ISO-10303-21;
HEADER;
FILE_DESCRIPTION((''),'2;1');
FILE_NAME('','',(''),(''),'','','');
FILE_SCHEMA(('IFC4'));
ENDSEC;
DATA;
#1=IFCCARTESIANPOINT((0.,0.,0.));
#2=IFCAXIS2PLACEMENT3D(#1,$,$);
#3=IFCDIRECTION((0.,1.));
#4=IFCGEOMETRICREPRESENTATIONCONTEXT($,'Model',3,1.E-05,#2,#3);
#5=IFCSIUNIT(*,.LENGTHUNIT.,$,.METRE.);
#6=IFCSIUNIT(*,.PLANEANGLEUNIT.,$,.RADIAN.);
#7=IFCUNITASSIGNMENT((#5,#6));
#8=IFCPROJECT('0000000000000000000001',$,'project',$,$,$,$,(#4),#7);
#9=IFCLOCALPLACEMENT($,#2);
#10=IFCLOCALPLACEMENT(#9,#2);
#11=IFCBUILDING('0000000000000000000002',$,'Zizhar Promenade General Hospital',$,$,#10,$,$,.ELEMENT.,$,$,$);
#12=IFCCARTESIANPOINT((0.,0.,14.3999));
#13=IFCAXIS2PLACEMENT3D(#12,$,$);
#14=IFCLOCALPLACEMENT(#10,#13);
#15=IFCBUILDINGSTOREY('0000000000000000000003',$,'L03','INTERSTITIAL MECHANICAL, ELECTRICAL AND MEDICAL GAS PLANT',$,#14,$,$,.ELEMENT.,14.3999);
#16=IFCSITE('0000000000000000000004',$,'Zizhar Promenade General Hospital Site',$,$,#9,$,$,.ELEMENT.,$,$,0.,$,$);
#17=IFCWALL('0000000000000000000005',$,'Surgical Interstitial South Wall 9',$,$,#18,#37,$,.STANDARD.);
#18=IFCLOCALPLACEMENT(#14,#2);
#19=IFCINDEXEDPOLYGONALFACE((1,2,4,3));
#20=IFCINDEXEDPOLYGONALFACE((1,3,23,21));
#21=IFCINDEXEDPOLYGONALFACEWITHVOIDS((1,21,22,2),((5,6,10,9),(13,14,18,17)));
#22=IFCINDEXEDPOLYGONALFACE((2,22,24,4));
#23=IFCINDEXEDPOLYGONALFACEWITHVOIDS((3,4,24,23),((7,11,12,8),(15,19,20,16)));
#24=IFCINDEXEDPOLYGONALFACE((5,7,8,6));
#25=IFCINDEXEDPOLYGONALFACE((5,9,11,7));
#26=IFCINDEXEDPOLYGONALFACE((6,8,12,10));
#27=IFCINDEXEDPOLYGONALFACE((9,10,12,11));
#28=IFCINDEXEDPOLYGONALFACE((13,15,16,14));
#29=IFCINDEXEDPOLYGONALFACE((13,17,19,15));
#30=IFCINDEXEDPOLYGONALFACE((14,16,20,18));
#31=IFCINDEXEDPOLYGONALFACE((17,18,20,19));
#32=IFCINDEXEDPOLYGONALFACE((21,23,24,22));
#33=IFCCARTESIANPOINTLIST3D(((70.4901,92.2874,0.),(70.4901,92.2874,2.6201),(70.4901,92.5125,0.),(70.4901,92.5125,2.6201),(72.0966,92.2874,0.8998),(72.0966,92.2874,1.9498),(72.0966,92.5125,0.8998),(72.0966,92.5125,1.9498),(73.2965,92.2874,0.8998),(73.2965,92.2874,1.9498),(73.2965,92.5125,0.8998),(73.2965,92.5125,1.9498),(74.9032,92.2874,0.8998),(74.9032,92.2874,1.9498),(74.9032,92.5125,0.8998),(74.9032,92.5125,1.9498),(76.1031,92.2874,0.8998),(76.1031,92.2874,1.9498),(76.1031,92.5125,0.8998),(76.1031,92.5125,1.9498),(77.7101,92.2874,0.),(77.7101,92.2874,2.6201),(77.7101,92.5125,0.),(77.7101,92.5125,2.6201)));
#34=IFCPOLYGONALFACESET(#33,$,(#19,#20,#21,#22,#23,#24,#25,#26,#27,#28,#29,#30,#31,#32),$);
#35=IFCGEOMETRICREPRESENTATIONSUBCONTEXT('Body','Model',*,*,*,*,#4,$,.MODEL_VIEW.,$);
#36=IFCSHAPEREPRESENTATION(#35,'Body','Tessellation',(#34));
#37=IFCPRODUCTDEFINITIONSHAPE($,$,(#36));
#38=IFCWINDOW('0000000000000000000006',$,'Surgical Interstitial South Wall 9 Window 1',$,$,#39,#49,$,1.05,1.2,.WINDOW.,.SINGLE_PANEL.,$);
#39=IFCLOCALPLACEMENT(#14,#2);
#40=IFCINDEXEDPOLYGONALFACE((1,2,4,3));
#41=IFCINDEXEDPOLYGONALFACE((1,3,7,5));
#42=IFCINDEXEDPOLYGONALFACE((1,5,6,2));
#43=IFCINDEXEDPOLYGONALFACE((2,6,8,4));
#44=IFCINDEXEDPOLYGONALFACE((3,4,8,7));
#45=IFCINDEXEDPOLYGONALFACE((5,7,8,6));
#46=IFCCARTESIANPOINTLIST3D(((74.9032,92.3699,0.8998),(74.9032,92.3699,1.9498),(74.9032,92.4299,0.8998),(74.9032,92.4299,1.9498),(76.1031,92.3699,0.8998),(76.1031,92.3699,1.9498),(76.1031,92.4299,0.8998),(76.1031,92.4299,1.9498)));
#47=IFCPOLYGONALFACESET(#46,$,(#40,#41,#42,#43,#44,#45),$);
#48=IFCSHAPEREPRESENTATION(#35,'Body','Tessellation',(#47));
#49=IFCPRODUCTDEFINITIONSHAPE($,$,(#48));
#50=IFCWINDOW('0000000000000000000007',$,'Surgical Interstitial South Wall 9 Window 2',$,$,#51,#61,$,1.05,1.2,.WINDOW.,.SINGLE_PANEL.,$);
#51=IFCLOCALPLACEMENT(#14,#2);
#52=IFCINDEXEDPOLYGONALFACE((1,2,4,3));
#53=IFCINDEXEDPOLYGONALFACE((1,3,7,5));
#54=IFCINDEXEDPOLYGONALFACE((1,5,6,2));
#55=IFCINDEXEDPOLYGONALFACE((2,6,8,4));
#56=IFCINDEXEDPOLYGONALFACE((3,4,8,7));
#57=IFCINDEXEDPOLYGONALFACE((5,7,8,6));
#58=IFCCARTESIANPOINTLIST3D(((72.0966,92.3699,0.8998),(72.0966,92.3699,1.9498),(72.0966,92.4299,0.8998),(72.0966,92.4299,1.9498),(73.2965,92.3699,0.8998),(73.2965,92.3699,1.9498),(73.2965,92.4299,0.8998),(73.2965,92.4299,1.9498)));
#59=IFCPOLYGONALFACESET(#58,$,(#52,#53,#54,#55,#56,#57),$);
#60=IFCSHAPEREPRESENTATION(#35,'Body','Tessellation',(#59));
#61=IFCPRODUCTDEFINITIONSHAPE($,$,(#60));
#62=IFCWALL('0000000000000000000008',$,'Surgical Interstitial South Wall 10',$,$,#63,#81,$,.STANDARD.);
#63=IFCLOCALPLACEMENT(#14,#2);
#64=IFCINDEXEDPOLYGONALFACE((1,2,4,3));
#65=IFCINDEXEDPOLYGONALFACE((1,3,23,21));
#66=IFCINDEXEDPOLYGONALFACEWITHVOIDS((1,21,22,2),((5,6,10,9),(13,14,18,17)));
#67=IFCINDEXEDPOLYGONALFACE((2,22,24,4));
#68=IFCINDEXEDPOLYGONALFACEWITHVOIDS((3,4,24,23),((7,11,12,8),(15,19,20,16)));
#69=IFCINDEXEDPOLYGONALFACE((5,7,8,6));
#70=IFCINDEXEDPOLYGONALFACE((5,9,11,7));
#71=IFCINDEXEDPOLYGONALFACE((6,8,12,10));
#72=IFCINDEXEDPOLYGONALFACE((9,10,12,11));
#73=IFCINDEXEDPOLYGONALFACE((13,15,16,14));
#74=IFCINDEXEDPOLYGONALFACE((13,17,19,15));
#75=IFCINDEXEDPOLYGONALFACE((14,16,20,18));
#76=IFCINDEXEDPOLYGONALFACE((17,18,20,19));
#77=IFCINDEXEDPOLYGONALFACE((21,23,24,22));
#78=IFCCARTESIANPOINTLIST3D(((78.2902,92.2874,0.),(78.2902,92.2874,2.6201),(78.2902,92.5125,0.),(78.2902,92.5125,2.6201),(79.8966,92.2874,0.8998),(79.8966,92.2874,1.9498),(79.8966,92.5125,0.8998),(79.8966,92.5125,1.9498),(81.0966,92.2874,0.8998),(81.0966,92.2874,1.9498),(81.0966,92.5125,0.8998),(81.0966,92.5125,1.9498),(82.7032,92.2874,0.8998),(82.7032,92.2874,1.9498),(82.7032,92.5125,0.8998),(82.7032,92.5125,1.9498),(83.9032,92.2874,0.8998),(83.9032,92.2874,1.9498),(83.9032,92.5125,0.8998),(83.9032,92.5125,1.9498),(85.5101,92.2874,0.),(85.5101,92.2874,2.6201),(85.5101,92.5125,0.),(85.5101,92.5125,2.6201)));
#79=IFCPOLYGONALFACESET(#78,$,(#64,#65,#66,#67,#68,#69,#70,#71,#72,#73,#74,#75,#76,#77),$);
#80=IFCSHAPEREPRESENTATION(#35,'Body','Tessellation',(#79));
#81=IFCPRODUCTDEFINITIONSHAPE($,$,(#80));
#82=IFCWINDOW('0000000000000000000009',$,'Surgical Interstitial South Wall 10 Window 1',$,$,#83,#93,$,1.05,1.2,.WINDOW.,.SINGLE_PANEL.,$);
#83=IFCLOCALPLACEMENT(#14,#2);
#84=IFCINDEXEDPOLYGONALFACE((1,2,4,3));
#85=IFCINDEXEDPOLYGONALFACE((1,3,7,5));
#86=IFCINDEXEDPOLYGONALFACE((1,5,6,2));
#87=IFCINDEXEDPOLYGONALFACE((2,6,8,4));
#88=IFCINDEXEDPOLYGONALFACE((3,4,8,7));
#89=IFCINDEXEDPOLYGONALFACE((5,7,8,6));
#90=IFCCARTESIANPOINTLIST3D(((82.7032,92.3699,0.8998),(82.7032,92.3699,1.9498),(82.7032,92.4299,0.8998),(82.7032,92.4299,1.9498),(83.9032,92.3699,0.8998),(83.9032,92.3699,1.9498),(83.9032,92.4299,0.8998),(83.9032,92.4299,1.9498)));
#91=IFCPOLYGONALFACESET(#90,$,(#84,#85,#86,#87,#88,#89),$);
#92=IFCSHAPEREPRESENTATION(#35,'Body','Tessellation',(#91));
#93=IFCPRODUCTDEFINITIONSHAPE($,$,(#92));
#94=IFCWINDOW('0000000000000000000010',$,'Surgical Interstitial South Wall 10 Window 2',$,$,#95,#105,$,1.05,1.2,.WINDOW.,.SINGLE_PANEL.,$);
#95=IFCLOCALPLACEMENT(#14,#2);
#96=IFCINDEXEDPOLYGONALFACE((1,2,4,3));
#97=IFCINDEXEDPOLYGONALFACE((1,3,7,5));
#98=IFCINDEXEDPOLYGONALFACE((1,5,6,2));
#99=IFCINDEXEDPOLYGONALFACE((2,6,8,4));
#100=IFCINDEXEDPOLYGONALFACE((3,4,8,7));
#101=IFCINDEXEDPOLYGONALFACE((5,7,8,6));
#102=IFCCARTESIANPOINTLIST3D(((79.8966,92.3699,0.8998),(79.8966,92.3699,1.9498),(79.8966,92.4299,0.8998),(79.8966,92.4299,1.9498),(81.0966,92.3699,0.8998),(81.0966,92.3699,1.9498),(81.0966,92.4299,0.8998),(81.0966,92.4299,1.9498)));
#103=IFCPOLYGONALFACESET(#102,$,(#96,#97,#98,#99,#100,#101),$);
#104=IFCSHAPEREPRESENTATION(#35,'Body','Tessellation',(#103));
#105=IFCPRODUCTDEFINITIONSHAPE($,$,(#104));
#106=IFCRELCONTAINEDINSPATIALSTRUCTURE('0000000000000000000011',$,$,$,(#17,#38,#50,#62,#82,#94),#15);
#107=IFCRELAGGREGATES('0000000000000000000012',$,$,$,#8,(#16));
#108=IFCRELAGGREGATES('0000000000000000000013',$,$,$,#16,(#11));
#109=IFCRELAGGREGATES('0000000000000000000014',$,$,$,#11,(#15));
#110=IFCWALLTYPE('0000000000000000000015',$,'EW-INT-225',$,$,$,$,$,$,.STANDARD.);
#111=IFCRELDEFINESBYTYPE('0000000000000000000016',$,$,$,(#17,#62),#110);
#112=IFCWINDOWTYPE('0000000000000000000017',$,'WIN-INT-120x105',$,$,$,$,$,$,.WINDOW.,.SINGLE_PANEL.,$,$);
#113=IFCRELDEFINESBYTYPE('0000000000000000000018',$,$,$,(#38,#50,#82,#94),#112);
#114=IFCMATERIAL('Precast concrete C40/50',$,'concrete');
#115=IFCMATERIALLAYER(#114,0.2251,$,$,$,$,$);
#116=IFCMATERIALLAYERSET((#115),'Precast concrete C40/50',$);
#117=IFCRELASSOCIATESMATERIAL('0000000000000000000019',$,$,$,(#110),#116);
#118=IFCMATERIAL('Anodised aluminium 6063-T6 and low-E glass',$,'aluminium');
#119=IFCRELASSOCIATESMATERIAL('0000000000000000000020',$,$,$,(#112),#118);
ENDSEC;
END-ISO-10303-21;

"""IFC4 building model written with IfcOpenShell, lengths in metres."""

from ifc_helpers import new_model, si_unit, direction, frame, frame_2d, origin, place, context, subcontext, project, spatial, rectangle, extrude, material, layer, layer_set, type_object, element, fill, save


model = new_model("IFC4")

# Units and contexts
model_context = context("Model", 3, precision=1e-05, world=origin(), true_north=direction((0.0, 1.0)))
body_context = subcontext(model_context, "Body", "Model", "MODEL_VIEW")
ifc_project = project(units=[si_unit("LENGTHUNIT", "METRE"), si_unit("PLANEANGLEUNIT", "RADIAN")], contexts=[model_context])

# Site, building, storey
site_placement = place(None, origin())
site = spatial("IfcSite", under=ifc_project, at=site_placement, Name="Zizhar Promenade General Hospital Site", CompositionType="ELEMENT", RefElevation=0.0)
building_placement = place(site_placement, origin())
building = spatial("IfcBuilding", under=site, at=building_placement, Name="Zizhar Promenade General Hospital", CompositionType="ELEMENT")
storey_placement = place(building_placement, frame((0.0, 0.0, 14.3999)))
storey = spatial("IfcBuildingStorey", under=building, at=storey_placement, Name="L03", Description="INTERSTITIAL MECHANICAL, ELECTRICAL AND MEDICAL GAS PLANT", CompositionType="ELEMENT", Elevation=14.3999)

# Walls, openings, windows
ifc_material_1 = material(Name="Precast concrete C40/50", Category="concrete")
ifc_layer_1 = layer(ifc_material_1, 0.2251)
ifc_layer_set_1 = layer_set([ifc_layer_1], Name="Precast concrete C40/50")
wall_type = type_object("IfcWallType", Name="EW-INT-225", PredefinedType="STANDARD", material=ifc_layer_set_1)
wall_1_placement = place(storey_placement, frame((77.71, 92.3999, 0.0), z_axis=(0.0, 0.0, 1.0), x_axis=(-1.0, 0.0, 0.0)))
wall_1 = element("IfcWall", 1, at=wall_1_placement, inside=storey, type_object=wall_type, Name="Surgical Interstitial South Wall 9", PredefinedType="STANDARD", context=body_context, shape_type="SweptSolid", body=[
    extrude(rectangle(XDim=7.22, YDim=0.2251, at=frame_2d((3.6099, 0.0))), origin(), (0.0, 0.0, 1.0), 2.6201),
])
opening_1_placement = place(wall_1_placement, frame((1.6067, 0.0, 0.8999)))
opening_1 = element("IfcOpeningElement", 2, at=opening_1_placement, cuts=wall_1, PredefinedType="OPENING", context=body_context, shape_type="SweptSolid", body=[
    extrude(rectangle(XDim=1.2, YDim=1.05, at=frame_2d((0.6001, 0.5249))), frame((0.0, 0.1226, 0.0), z_axis=(0.0, -1.0, 0.0), x_axis=(1.0, 0.0, 0.0)), (0.0, 0.0, 1.0), 0.2451),
])
opening_2_placement = place(wall_1_placement, frame((4.4133, 0.0, 0.8999)))
opening_2 = element("IfcOpeningElement", 3, at=opening_2_placement, cuts=wall_1, PredefinedType="OPENING", context=body_context, shape_type="SweptSolid", body=[
    extrude(rectangle(XDim=1.2, YDim=1.05, at=frame_2d((0.6001, 0.5249))), frame((0.0, 0.1226, 0.0), z_axis=(0.0, -1.0, 0.0), x_axis=(1.0, 0.0, 0.0)), (0.0, 0.0, 1.0), 0.2451),
])
ifc_material_2 = material(Name="Anodised aluminium 6063-T6 and low-E glass", Category="aluminium")
window_type = type_object("IfcWindowType", Name="WIN-INT-120x105", PartitioningType="SINGLE_PANEL", PredefinedType="WINDOW", material=ifc_material_2)
window_1_placement = place(opening_1_placement, origin())
window_1 = element("IfcWindow", 4, at=window_1_placement, inside=storey, type_object=window_type, Name="Surgical Interstitial South Wall 9 Window 1", OverallHeight=1.05, OverallWidth=1.2, PartitioningType="SINGLE_PANEL", PredefinedType="WINDOW", context=body_context, shape_type="SweptSolid", body=[
    extrude(rectangle(XDim=1.2, YDim=1.05, at=frame_2d((0.6001, 0.5249))), frame((0.0, 0.03, 0.0), z_axis=(0.0, -1.0, 0.0), x_axis=(1.0, 0.0, 0.0)), (0.0, 0.0, 1.0), 0.0601),
])
fill(opening_1, window_1)
window_2_placement = place(opening_2_placement, origin())
window_2 = element("IfcWindow", 5, at=window_2_placement, inside=storey, type_object=window_type, Name="Surgical Interstitial South Wall 9 Window 2", OverallHeight=1.05, OverallWidth=1.2, PartitioningType="SINGLE_PANEL", PredefinedType="WINDOW", context=body_context, shape_type="SweptSolid", body=[
    extrude(rectangle(XDim=1.2, YDim=1.05, at=frame_2d((0.6001, 0.5249))), frame((0.0, 0.03, 0.0), z_axis=(0.0, -1.0, 0.0), x_axis=(1.0, 0.0, 0.0)), (0.0, 0.0, 1.0), 0.0601),
])
fill(opening_2, window_2)
wall_2_placement = place(storey_placement, frame((85.51, 92.3999, 0.0), z_axis=(0.0, 0.0, 1.0), x_axis=(-1.0, 0.0, 0.0)))
wall_2 = element("IfcWall", 6, at=wall_2_placement, inside=storey, type_object=wall_type, Name="Surgical Interstitial South Wall 10", PredefinedType="STANDARD", context=body_context, shape_type="SweptSolid", body=[
    extrude(rectangle(XDim=7.22, YDim=0.2251, at=frame_2d((3.6099, 0.0))), origin(), (0.0, 0.0, 1.0), 2.6201),
])
opening_3_placement = place(wall_2_placement, frame((1.6067, 0.0, 0.8999)))
opening_3 = element("IfcOpeningElement", 7, at=opening_3_placement, cuts=wall_2, PredefinedType="OPENING", context=body_context, shape_type="SweptSolid", body=[
    extrude(rectangle(XDim=1.2, YDim=1.05, at=frame_2d((0.6001, 0.5249))), frame((0.0, 0.1226, 0.0), z_axis=(0.0, -1.0, 0.0), x_axis=(1.0, 0.0, 0.0)), (0.0, 0.0, 1.0), 0.2451),
])
opening_4_placement = place(wall_2_placement, frame((4.4133, 0.0, 0.8999)))
opening_4 = element("IfcOpeningElement", 8, at=opening_4_placement, cuts=wall_2, PredefinedType="OPENING", context=body_context, shape_type="SweptSolid", body=[
    extrude(rectangle(XDim=1.2, YDim=1.05, at=frame_2d((0.6001, 0.5249))), frame((0.0, 0.1226, 0.0), z_axis=(0.0, -1.0, 0.0), x_axis=(1.0, 0.0, 0.0)), (0.0, 0.0, 1.0), 0.2451),
])
window_3_placement = place(opening_3_placement, origin())
window_3 = element("IfcWindow", 9, at=window_3_placement, inside=storey, type_object=window_type, Name="Surgical Interstitial South Wall 10 Window 1", OverallHeight=1.05, OverallWidth=1.2, PartitioningType="SINGLE_PANEL", PredefinedType="WINDOW", context=body_context, shape_type="SweptSolid", body=[
    extrude(rectangle(XDim=1.2, YDim=1.05, at=frame_2d((0.6001, 0.5249))), frame((0.0, 0.03, 0.0), z_axis=(0.0, -1.0, 0.0), x_axis=(1.0, 0.0, 0.0)), (0.0, 0.0, 1.0), 0.0601),
])
fill(opening_3, window_3)
window_4_placement = place(opening_4_placement, origin())
window_4 = element("IfcWindow", 10, at=window_4_placement, inside=storey, type_object=window_type, Name="Surgical Interstitial South Wall 10 Window 2", OverallHeight=1.05, OverallWidth=1.2, PartitioningType="SINGLE_PANEL", PredefinedType="WINDOW", context=body_context, shape_type="SweptSolid", body=[
    extrude(rectangle(XDim=1.2, YDim=1.05, at=frame_2d((0.6001, 0.5249))), frame((0.0, 0.03, 0.0), z_axis=(0.0, -1.0, 0.0), x_axis=(1.0, 0.0, 0.0)), (0.0, 0.0, 1.0), 0.0601),
])
fill(opening_4, window_4)

save(model, "model.ifc")
